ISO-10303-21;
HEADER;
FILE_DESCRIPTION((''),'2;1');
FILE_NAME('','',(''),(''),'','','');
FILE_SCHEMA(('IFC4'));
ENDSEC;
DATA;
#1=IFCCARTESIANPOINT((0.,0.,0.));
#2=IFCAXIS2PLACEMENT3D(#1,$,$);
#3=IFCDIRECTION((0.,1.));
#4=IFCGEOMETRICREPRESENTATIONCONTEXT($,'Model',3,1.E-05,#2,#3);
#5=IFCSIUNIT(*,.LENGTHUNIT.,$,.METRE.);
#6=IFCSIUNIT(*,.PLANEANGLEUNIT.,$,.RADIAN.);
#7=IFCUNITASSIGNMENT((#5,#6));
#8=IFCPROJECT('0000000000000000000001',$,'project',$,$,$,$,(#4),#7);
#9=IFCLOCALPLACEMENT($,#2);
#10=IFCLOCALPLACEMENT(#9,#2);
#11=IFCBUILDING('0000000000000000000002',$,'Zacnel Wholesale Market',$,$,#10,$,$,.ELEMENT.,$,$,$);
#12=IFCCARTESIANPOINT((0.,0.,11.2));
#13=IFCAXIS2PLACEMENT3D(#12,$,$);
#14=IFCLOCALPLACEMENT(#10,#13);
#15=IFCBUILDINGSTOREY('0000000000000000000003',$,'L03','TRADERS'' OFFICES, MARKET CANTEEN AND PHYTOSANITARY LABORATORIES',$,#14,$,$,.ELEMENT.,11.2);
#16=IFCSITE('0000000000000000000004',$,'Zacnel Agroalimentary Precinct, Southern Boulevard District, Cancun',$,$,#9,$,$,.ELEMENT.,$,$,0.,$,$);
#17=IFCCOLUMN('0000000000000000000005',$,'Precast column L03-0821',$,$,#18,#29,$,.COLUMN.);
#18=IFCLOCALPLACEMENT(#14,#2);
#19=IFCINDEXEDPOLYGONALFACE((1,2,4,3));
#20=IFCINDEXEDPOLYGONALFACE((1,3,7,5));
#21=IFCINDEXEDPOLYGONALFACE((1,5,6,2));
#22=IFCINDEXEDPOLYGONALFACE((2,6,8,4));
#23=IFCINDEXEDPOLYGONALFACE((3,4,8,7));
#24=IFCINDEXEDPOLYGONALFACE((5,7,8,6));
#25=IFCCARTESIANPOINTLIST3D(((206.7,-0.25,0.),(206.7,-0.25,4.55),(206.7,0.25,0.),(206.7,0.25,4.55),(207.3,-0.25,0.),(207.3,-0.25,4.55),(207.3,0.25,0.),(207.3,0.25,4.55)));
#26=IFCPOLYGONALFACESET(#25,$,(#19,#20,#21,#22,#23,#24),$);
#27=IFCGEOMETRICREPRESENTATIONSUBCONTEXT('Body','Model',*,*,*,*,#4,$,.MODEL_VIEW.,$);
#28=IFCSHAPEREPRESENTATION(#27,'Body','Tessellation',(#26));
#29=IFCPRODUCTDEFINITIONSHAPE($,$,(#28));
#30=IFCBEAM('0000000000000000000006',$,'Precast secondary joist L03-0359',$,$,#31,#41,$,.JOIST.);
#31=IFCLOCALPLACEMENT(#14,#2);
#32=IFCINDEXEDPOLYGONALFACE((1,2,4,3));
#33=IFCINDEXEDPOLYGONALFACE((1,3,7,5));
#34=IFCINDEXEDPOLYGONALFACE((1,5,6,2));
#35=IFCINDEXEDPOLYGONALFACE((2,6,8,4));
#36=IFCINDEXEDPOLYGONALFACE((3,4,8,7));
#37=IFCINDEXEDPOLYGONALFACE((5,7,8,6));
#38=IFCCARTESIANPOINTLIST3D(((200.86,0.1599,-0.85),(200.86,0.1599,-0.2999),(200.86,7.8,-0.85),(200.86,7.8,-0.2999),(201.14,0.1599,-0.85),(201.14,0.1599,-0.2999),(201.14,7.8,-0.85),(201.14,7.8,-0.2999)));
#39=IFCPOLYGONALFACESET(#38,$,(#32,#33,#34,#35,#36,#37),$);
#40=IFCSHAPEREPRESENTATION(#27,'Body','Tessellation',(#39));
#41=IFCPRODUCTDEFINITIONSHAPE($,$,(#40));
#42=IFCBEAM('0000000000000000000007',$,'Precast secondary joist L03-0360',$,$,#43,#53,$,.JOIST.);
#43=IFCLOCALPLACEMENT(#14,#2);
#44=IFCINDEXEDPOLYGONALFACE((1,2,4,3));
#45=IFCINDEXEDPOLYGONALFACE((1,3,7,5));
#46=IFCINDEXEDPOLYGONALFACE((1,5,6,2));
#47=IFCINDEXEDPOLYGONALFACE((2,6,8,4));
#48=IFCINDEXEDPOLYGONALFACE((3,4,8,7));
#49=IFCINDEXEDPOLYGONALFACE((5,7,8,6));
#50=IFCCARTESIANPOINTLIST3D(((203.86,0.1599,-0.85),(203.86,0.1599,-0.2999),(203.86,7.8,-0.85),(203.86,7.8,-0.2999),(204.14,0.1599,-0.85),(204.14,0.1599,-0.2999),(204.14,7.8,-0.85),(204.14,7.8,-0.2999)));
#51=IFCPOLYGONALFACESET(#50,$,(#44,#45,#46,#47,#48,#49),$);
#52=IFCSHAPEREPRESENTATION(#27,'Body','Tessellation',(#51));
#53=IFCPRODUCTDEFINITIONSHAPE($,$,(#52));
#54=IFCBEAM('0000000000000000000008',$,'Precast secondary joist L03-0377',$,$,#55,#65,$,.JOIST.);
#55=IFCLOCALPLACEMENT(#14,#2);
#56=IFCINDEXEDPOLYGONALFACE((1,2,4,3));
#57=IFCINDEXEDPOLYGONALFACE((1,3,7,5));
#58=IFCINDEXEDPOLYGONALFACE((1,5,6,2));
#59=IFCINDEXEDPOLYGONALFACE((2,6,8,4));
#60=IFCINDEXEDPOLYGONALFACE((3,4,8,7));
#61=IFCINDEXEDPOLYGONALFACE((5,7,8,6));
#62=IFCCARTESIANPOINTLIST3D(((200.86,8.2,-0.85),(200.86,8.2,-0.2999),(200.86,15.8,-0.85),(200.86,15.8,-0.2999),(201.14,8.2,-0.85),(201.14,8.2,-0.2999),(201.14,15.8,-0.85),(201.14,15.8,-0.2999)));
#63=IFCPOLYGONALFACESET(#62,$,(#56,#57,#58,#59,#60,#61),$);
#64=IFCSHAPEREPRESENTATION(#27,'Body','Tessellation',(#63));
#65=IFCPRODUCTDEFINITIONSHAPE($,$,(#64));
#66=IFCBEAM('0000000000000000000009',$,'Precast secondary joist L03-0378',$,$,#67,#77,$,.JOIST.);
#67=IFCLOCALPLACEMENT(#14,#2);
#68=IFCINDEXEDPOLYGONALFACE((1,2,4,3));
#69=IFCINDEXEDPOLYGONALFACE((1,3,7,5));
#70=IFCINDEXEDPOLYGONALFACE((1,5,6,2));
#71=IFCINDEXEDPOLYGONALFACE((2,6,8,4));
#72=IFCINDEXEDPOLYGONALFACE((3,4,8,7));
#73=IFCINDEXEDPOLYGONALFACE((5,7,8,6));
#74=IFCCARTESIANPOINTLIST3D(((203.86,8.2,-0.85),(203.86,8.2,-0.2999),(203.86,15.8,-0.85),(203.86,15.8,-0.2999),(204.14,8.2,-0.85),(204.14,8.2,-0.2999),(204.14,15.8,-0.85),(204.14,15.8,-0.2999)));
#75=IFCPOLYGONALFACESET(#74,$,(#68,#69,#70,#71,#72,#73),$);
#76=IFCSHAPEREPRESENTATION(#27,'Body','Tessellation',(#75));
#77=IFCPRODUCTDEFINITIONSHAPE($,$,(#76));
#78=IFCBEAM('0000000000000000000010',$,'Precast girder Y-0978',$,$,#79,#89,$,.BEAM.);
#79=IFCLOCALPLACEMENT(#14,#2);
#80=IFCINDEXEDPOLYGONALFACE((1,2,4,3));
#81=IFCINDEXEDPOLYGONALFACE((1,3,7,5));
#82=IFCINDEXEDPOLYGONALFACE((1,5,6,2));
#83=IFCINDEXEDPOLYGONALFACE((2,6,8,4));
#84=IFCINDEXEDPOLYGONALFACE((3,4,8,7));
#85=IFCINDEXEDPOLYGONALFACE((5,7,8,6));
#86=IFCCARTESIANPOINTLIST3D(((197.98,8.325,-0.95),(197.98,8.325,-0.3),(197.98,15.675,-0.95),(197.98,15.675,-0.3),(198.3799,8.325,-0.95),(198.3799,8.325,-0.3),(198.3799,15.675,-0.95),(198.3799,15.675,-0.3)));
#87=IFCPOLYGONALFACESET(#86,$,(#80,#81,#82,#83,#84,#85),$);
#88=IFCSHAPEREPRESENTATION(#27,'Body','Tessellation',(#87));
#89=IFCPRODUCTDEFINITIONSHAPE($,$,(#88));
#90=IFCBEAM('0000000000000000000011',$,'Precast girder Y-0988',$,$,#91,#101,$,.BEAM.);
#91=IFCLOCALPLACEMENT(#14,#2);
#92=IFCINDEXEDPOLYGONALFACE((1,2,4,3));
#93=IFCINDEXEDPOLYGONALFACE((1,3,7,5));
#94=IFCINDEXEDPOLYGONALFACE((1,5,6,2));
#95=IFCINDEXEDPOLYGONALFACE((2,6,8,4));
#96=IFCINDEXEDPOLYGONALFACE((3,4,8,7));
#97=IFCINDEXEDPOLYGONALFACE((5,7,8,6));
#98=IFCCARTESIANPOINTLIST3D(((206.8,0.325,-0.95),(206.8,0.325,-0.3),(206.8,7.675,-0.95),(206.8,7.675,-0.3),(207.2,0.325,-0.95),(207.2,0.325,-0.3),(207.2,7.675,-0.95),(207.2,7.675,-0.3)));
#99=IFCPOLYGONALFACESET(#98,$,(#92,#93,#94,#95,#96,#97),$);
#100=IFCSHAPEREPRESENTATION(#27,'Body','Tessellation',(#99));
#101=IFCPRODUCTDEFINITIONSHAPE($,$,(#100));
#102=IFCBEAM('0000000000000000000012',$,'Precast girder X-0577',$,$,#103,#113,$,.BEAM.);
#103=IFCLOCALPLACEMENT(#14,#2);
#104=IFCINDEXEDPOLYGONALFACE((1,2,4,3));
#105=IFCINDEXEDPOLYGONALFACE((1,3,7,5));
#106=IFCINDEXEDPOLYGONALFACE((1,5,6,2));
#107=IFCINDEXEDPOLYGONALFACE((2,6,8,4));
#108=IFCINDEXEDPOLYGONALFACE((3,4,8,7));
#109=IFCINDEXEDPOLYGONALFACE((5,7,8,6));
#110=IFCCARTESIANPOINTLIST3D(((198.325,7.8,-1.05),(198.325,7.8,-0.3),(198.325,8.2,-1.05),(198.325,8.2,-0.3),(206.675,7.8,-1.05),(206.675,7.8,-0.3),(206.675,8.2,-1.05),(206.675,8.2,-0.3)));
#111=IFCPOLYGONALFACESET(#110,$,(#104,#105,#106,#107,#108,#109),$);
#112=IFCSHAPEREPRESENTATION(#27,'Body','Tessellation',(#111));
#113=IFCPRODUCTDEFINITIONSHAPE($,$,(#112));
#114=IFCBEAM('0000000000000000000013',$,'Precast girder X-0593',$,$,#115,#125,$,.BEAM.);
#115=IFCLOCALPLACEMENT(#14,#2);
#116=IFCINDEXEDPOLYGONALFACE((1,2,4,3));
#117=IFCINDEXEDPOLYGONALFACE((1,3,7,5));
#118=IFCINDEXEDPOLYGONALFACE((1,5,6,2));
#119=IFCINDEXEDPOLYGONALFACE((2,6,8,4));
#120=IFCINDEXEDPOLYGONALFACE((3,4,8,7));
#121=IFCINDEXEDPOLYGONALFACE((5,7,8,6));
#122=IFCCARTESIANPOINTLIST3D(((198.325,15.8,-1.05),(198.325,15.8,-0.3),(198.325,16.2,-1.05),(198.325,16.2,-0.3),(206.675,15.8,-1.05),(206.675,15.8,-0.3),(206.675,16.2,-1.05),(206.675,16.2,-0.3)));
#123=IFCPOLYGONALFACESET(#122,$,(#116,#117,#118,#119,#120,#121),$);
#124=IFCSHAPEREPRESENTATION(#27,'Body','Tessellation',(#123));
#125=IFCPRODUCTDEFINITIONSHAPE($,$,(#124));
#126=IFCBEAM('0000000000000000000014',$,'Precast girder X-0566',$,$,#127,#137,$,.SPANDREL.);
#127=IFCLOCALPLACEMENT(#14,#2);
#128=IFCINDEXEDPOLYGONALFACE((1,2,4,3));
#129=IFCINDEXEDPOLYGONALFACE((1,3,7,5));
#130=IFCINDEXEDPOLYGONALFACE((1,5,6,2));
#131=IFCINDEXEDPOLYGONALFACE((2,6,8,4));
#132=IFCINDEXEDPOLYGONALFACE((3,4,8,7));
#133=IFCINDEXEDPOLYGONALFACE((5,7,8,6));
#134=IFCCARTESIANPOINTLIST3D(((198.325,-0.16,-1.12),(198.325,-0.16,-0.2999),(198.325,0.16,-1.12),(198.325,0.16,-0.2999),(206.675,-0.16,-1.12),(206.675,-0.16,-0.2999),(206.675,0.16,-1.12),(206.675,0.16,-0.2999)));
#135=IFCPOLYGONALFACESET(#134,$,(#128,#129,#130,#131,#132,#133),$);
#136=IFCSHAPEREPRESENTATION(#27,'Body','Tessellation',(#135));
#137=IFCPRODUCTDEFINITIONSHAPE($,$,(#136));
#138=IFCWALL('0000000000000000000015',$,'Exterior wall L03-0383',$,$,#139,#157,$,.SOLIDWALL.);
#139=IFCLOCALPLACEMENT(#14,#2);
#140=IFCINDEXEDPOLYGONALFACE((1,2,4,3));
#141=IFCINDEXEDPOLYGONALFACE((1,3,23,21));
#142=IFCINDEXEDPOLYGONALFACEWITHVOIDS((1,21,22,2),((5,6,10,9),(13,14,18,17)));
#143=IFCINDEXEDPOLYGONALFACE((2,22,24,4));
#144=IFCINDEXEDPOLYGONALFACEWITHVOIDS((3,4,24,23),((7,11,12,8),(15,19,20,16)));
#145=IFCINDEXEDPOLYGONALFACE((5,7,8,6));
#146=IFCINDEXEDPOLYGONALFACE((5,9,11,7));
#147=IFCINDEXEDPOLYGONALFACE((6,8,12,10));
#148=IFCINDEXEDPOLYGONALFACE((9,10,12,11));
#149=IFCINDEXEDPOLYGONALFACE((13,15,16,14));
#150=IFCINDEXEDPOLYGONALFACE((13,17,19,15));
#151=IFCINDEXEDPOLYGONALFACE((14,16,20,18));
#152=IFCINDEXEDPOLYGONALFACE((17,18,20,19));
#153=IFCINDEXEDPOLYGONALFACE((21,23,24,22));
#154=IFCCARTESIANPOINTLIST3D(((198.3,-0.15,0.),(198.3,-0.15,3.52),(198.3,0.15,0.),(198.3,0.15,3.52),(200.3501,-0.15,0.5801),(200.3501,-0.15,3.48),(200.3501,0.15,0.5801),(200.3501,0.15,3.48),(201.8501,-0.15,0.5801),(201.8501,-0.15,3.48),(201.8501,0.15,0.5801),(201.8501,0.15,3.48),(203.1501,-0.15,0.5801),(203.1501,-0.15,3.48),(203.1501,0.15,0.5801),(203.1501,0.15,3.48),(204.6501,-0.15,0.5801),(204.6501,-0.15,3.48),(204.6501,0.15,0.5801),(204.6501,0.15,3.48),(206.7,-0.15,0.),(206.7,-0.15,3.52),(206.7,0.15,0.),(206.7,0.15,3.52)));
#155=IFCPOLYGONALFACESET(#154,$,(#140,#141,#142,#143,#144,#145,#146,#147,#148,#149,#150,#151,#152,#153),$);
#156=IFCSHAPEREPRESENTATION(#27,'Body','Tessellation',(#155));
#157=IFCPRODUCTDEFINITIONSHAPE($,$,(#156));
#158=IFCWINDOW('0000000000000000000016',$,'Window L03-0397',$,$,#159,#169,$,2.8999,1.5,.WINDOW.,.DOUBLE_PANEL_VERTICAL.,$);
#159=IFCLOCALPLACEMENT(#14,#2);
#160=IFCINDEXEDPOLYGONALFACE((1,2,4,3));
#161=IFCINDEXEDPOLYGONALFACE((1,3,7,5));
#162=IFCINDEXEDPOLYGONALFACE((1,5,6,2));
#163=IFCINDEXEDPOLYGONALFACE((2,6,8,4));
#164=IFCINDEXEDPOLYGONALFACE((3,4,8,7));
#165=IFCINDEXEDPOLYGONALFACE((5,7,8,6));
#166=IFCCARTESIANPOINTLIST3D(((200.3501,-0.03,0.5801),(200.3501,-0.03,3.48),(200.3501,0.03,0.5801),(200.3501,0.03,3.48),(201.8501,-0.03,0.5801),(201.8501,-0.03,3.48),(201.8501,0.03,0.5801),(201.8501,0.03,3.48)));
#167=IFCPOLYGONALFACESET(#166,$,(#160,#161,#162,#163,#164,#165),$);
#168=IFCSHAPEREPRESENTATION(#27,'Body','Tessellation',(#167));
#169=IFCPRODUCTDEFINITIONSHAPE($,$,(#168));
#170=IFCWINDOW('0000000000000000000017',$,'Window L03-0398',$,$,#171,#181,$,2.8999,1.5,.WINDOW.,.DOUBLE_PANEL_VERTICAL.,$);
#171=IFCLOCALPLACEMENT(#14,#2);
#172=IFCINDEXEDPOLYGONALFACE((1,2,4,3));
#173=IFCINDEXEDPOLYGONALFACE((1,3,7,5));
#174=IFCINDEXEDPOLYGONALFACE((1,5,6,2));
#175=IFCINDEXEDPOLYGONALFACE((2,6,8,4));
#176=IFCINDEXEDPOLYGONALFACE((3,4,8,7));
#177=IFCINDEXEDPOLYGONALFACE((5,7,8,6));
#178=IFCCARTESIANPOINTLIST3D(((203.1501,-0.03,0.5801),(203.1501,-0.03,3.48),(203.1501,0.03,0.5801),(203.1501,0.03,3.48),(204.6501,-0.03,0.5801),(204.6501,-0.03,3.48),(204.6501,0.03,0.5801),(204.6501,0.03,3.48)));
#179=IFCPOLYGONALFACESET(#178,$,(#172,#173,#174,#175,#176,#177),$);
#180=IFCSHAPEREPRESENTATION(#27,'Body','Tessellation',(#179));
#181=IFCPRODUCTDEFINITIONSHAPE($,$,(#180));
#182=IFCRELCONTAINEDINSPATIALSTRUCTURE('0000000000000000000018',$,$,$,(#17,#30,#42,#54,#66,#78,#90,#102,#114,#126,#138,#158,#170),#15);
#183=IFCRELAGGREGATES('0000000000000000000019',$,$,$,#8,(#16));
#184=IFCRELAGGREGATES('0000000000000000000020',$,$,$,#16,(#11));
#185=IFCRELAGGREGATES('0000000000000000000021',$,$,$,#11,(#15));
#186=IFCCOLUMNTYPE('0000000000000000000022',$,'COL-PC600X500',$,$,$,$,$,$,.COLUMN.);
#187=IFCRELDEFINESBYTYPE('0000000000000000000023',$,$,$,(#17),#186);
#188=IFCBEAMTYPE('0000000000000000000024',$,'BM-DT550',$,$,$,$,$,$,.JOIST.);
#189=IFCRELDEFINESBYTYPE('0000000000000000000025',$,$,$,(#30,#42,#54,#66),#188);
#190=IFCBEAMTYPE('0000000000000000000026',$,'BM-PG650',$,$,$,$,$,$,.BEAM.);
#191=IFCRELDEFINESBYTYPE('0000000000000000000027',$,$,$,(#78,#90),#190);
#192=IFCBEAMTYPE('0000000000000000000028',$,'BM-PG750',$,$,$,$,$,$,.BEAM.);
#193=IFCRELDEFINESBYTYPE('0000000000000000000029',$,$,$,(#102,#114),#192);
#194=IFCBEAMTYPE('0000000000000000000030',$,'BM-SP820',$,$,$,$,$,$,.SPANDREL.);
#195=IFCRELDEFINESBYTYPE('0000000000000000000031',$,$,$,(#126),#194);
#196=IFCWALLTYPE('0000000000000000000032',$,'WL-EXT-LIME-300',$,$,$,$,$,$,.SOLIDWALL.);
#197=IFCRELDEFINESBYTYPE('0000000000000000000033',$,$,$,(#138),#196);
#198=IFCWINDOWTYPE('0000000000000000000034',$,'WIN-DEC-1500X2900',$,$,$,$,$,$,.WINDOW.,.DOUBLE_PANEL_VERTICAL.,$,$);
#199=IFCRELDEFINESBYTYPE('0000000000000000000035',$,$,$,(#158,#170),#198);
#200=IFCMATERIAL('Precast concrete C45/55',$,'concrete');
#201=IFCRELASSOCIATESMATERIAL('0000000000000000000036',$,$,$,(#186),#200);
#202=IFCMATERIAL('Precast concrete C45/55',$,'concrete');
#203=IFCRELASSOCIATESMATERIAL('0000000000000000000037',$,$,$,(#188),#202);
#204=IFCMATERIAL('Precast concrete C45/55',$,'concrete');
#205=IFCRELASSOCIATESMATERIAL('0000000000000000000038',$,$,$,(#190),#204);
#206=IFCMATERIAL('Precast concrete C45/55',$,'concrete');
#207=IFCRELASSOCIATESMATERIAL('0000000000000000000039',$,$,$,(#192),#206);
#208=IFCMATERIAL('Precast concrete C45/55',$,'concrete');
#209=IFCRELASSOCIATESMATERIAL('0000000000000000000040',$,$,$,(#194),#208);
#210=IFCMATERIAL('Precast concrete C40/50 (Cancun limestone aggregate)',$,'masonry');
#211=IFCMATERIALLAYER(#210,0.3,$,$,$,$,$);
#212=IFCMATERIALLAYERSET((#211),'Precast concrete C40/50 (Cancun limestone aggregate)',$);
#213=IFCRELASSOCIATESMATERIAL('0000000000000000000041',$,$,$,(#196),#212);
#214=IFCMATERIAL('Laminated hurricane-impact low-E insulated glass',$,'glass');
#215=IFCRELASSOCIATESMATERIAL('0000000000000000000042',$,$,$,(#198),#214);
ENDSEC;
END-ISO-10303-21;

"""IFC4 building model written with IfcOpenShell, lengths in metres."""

from ifc_helpers import new_model, si_unit, direction, frame, frame_2d, origin, origin_2d, place, context, subcontext, project, spatial, rectangle, extrude, material, layer, layer_set, material_profile, profile_set, type_object, element, fill, save


model = new_model("IFC4")

# Units and contexts
model_context = context("Model", 3, precision=1e-05, world=origin(), true_north=direction((0.0, 1.0)))
body_context = subcontext(model_context, "Body", "Model", "MODEL_VIEW")
ifc_project = project(units=[si_unit("LENGTHUNIT", "METRE"), si_unit("PLANEANGLEUNIT", "RADIAN")], contexts=[model_context])

# Site, building, storey
site_placement = place(None, origin())
site = spatial("IfcSite", under=ifc_project, at=site_placement, Name="Zacnel Agroalimentary Precinct, Southern Boulevard District, Cancun", CompositionType="ELEMENT", RefElevation=0.0)
building_placement = place(site_placement, origin())
building = spatial("IfcBuilding", under=site, at=building_placement, Name="Zacnel Wholesale Market", CompositionType="ELEMENT")
storey_placement = place(building_placement, frame((0.0, 0.0, 11.2)))
storey = spatial("IfcBuildingStorey", under=building, at=storey_placement, Name="L03", Description="TRADERS' OFFICES, MARKET CANTEEN AND PHYTOSANITARY LABORATORIES", CompositionType="ELEMENT", Elevation=11.2)

# Column
ifc_material_1 = material(Name="Precast concrete C45/55", Category="concrete")
ifc_material_profile_1 = material_profile(ifc_material_1, rectangle(XDim=0.6001, YDim=0.5, at=origin_2d()), Name="PC 600x500")
ifc_profile_set_1 = profile_set([ifc_material_profile_1], Name="Precast concrete C45/55")
column_type = type_object("IfcColumnType", Name="COL-PC600X500", PredefinedType="COLUMN", material=ifc_profile_set_1)
column_placement = place(storey_placement, frame((207.0, 0.0, 0.0), z_axis=(0.0, 0.0, 1.0), x_axis=(1.0, 0.0, 0.0)))
element("IfcColumn", 1, at=column_placement, inside=storey, type_object=column_type, Name="Precast column L03-0821", PredefinedType="COLUMN", context=body_context, shape_type="SweptSolid", body=[
    extrude(rectangle(XDim=0.6001, YDim=0.5, at=origin_2d()), origin(), (0.0, 0.0, 1.0), 4.55),
])

# Beams
ifc_material_2 = material(Name="Precast concrete C45/55", Category="concrete")
ifc_material_profile_2 = material_profile(ifc_material_2, rectangle(XDim=0.28, YDim=0.55, at=origin_2d()), Name="DT RIB 280x550")
ifc_profile_set_2 = profile_set([ifc_material_profile_2], Name="Precast concrete C45/55")
beam_type_1 = type_object("IfcBeamType", Name="BM-DT550", PredefinedType="JOIST", material=ifc_profile_set_2)
for number, where, z_axis, x_axis, name in (
    (2, (201.0, 0.1599, -0.575), (0.0, 1.0, 0.0), (-1.0, 0.0, 0.0), "Precast secondary joist L03-0359"),
    (3, (204.0, 0.1599, -0.575), (0.0, 1.0, 0.0), (-1.0, 0.0, 0.0), "Precast secondary joist L03-0360"),
):
    element("IfcBeam", number, at=place(storey_placement, frame(where, z_axis=z_axis, x_axis=x_axis)), inside=storey, type_object=beam_type_1, Name=name, PredefinedType="JOIST", context=body_context, shape_type="SweptSolid", body=[
        extrude(rectangle(XDim=0.28, YDim=0.55, at=origin_2d()), origin(), (0.0, 0.0, 1.0), 7.6401),
    ])
for number, where, z_axis, x_axis, name in (
    (4, (201.0, 8.2, -0.575), (0.0, 1.0, 0.0), (-1.0, 0.0, 0.0), "Precast secondary joist L03-0377"),
    (5, (204.0, 8.2, -0.575), (0.0, 1.0, 0.0), (-1.0, 0.0, 0.0), "Precast secondary joist L03-0378"),
):
    element("IfcBeam", number, at=place(storey_placement, frame(where, z_axis=z_axis, x_axis=x_axis)), inside=storey, type_object=beam_type_1, Name=name, PredefinedType="JOIST", context=body_context, shape_type="SweptSolid", body=[
        extrude(rectangle(XDim=0.28, YDim=0.55, at=origin_2d()), origin(), (0.0, 0.0, 1.0), 7.6001),
    ])
ifc_material_3 = material(Name="Precast concrete C45/55", Category="concrete")
ifc_material_profile_3 = material_profile(ifc_material_3, rectangle(XDim=0.3999, YDim=0.6499, at=origin_2d()), Name="PG 400x650")
ifc_profile_set_3 = profile_set([ifc_material_profile_3], Name="Precast concrete C45/55")
beam_type_2 = type_object("IfcBeamType", Name="BM-PG650", PredefinedType="BEAM", material=ifc_profile_set_3)
for number, where, z_axis, x_axis, name in (
    (6, (198.1799, 8.325, -0.625), (0.0, 1.0, 0.0), (-1.0, 0.0, 0.0), "Precast girder Y-0978"),
    (7, (207.0, 0.325, -0.625), (0.0, 1.0, 0.0), (-1.0, 0.0, 0.0), "Precast girder Y-0988"),
):
    element("IfcBeam", number, at=place(storey_placement, frame(where, z_axis=z_axis, x_axis=x_axis)), inside=storey, type_object=beam_type_2, Name=name, PredefinedType="BEAM", context=body_context, shape_type="SweptSolid", body=[
        extrude(rectangle(XDim=0.3999, YDim=0.6499, at=origin_2d()), origin(), (0.0, 0.0, 1.0), 7.3501),
    ])
ifc_material_4 = material(Name="Precast concrete C45/55", Category="concrete")
ifc_material_profile_4 = material_profile(ifc_material_4, rectangle(XDim=0.3999, YDim=0.75, at=origin_2d()), Name="PG 400x750")
ifc_profile_set_4 = profile_set([ifc_material_profile_4], Name="Precast concrete C45/55")
beam_type_3 = type_object("IfcBeamType", Name="BM-PG750", PredefinedType="BEAM", material=ifc_profile_set_4)
for number, where, z_axis, x_axis, name in (
    (8, (198.325, 8.0, -0.675), (1.0, 0.0, 0.0), (0.0, 1.0, 0.0), "Precast girder X-0577"),
    (9, (198.325, 16.0, -0.675), (1.0, 0.0, 0.0), (0.0, 1.0, 0.0), "Precast girder X-0593"),
):
    element("IfcBeam", number, at=place(storey_placement, frame(where, z_axis=z_axis, x_axis=x_axis)), inside=storey, type_object=beam_type_3, Name=name, PredefinedType="BEAM", context=body_context, shape_type="SweptSolid", body=[
        extrude(rectangle(XDim=0.3999, YDim=0.75, at=origin_2d()), origin(), (0.0, 0.0, 1.0), 8.3501),
    ])
ifc_material_5 = material(Name="Precast concrete C45/55", Category="concrete")
ifc_material_profile_5 = material_profile(ifc_material_5, rectangle(XDim=0.3201, YDim=0.8201, at=origin_2d()), Name="SP 320x820")
ifc_profile_set_5 = profile_set([ifc_material_profile_5], Name="Precast concrete C45/55")
beam_type_4 = type_object("IfcBeamType", Name="BM-SP820", PredefinedType="SPANDREL", material=ifc_profile_set_5)
beam_placement = place(storey_placement, frame((198.325, 0.0, -0.71), z_axis=(1.0, 0.0, 0.0), x_axis=(0.0, 1.0, 0.0)))
element("IfcBeam", 10, at=beam_placement, inside=storey, type_object=beam_type_4, Name="Precast girder X-0566", PredefinedType="SPANDREL", context=body_context, shape_type="SweptSolid", body=[
    extrude(rectangle(XDim=0.3201, YDim=0.8201, at=origin_2d()), origin(), (0.0, 0.0, 1.0), 8.3501),
])

# Wall, openings, windows
ifc_material_6 = material(Name="Precast concrete C40/50 (Cancun limestone aggregate)", Category="masonry")
ifc_layer_1 = layer(ifc_material_6, 0.3)
ifc_layer_set_1 = layer_set([ifc_layer_1], Name="Precast concrete C40/50 (Cancun limestone aggregate)")
wall_type_1 = type_object("IfcWallType", Name="WL-EXT-LIME-300", PredefinedType="SOLIDWALL", material=ifc_layer_set_1)
wall_1_placement = place(storey_placement, frame((198.3, 0.0, 0.0), z_axis=(0.0, 0.0, 1.0), x_axis=(1.0, 0.0, 0.0)))
wall_1 = element("IfcWall", 11, at=wall_1_placement, inside=storey, type_object=wall_type_1, Name="Exterior wall L03-0383", PredefinedType="SOLIDWALL", context=body_context, shape_type="SweptSolid", body=[
    extrude(rectangle(XDim=8.3999, YDim=0.3, at=frame_2d((4.2, 0.0))), origin(), (0.0, 0.0, 1.0), 3.52),
])
opening_1_placement = place(wall_1_placement, frame((2.05, 0.0, 0.5801)))
opening_1 = element("IfcOpeningElement", 12, at=opening_1_placement, cuts=wall_1, PredefinedType="OPENING", context=body_context, shape_type="SweptSolid", body=[
    extrude(rectangle(XDim=1.5, YDim=2.8999, at=frame_2d((0.75, 1.45))), frame((0.0, 0.1599, 0.0), z_axis=(0.0, -1.0, 0.0), x_axis=(1.0, 0.0, 0.0)), (0.0, 0.0, 1.0), 0.3201),
])
opening_2_placement = place(wall_1_placement, frame((4.8501, 0.0, 0.5801)))
opening_2 = element("IfcOpeningElement", 13, at=opening_2_placement, cuts=wall_1, PredefinedType="OPENING", context=body_context, shape_type="SweptSolid", body=[
    extrude(rectangle(XDim=1.5, YDim=2.8999, at=frame_2d((0.75, 1.45))), frame((0.0, 0.1599, 0.0), z_axis=(0.0, -1.0, 0.0), x_axis=(1.0, 0.0, 0.0)), (0.0, 0.0, 1.0), 0.3201),
])
ifc_material_7 = material(Name="Laminated hurricane-impact low-E insulated glass", Category="glass")
window_type = type_object("IfcWindowType", Name="WIN-DEC-1500X2900", PartitioningType="DOUBLE_PANEL_VERTICAL", PredefinedType="WINDOW", material=ifc_material_7)
window_1_placement = place(opening_1_placement, origin())
window_1 = element("IfcWindow", 14, at=window_1_placement, inside=storey, type_object=window_type, Name="Window L03-0397", OverallHeight=2.8999, OverallWidth=1.5, PartitioningType="DOUBLE_PANEL_VERTICAL", PredefinedType="WINDOW", context=body_context, shape_type="SweptSolid", body=[
    extrude(rectangle(XDim=1.5, YDim=2.8999, at=frame_2d((0.75, 1.45))), frame((0.0, 0.03, 0.0), z_axis=(0.0, -1.0, 0.0), x_axis=(1.0, 0.0, 0.0)), (0.0, 0.0, 1.0), 0.0601),
])
fill(opening_1, window_1)
window_2_placement = place(opening_2_placement, origin())
window_2 = element("IfcWindow", 15, at=window_2_placement, inside=storey, type_object=window_type, Name="Window L03-0398", OverallHeight=2.8999, OverallWidth=1.5, PartitioningType="DOUBLE_PANEL_VERTICAL", PredefinedType="WINDOW", context=body_context, shape_type="SweptSolid", body=[
    extrude(rectangle(XDim=1.5, YDim=2.8999, at=frame_2d((0.75, 1.45))), frame((0.0, 0.03, 0.0), z_axis=(0.0, -1.0, 0.0), x_axis=(1.0, 0.0, 0.0)), (0.0, 0.0, 1.0), 0.0601),
])
fill(opening_2, window_2)

save(model, "model.ifc")
